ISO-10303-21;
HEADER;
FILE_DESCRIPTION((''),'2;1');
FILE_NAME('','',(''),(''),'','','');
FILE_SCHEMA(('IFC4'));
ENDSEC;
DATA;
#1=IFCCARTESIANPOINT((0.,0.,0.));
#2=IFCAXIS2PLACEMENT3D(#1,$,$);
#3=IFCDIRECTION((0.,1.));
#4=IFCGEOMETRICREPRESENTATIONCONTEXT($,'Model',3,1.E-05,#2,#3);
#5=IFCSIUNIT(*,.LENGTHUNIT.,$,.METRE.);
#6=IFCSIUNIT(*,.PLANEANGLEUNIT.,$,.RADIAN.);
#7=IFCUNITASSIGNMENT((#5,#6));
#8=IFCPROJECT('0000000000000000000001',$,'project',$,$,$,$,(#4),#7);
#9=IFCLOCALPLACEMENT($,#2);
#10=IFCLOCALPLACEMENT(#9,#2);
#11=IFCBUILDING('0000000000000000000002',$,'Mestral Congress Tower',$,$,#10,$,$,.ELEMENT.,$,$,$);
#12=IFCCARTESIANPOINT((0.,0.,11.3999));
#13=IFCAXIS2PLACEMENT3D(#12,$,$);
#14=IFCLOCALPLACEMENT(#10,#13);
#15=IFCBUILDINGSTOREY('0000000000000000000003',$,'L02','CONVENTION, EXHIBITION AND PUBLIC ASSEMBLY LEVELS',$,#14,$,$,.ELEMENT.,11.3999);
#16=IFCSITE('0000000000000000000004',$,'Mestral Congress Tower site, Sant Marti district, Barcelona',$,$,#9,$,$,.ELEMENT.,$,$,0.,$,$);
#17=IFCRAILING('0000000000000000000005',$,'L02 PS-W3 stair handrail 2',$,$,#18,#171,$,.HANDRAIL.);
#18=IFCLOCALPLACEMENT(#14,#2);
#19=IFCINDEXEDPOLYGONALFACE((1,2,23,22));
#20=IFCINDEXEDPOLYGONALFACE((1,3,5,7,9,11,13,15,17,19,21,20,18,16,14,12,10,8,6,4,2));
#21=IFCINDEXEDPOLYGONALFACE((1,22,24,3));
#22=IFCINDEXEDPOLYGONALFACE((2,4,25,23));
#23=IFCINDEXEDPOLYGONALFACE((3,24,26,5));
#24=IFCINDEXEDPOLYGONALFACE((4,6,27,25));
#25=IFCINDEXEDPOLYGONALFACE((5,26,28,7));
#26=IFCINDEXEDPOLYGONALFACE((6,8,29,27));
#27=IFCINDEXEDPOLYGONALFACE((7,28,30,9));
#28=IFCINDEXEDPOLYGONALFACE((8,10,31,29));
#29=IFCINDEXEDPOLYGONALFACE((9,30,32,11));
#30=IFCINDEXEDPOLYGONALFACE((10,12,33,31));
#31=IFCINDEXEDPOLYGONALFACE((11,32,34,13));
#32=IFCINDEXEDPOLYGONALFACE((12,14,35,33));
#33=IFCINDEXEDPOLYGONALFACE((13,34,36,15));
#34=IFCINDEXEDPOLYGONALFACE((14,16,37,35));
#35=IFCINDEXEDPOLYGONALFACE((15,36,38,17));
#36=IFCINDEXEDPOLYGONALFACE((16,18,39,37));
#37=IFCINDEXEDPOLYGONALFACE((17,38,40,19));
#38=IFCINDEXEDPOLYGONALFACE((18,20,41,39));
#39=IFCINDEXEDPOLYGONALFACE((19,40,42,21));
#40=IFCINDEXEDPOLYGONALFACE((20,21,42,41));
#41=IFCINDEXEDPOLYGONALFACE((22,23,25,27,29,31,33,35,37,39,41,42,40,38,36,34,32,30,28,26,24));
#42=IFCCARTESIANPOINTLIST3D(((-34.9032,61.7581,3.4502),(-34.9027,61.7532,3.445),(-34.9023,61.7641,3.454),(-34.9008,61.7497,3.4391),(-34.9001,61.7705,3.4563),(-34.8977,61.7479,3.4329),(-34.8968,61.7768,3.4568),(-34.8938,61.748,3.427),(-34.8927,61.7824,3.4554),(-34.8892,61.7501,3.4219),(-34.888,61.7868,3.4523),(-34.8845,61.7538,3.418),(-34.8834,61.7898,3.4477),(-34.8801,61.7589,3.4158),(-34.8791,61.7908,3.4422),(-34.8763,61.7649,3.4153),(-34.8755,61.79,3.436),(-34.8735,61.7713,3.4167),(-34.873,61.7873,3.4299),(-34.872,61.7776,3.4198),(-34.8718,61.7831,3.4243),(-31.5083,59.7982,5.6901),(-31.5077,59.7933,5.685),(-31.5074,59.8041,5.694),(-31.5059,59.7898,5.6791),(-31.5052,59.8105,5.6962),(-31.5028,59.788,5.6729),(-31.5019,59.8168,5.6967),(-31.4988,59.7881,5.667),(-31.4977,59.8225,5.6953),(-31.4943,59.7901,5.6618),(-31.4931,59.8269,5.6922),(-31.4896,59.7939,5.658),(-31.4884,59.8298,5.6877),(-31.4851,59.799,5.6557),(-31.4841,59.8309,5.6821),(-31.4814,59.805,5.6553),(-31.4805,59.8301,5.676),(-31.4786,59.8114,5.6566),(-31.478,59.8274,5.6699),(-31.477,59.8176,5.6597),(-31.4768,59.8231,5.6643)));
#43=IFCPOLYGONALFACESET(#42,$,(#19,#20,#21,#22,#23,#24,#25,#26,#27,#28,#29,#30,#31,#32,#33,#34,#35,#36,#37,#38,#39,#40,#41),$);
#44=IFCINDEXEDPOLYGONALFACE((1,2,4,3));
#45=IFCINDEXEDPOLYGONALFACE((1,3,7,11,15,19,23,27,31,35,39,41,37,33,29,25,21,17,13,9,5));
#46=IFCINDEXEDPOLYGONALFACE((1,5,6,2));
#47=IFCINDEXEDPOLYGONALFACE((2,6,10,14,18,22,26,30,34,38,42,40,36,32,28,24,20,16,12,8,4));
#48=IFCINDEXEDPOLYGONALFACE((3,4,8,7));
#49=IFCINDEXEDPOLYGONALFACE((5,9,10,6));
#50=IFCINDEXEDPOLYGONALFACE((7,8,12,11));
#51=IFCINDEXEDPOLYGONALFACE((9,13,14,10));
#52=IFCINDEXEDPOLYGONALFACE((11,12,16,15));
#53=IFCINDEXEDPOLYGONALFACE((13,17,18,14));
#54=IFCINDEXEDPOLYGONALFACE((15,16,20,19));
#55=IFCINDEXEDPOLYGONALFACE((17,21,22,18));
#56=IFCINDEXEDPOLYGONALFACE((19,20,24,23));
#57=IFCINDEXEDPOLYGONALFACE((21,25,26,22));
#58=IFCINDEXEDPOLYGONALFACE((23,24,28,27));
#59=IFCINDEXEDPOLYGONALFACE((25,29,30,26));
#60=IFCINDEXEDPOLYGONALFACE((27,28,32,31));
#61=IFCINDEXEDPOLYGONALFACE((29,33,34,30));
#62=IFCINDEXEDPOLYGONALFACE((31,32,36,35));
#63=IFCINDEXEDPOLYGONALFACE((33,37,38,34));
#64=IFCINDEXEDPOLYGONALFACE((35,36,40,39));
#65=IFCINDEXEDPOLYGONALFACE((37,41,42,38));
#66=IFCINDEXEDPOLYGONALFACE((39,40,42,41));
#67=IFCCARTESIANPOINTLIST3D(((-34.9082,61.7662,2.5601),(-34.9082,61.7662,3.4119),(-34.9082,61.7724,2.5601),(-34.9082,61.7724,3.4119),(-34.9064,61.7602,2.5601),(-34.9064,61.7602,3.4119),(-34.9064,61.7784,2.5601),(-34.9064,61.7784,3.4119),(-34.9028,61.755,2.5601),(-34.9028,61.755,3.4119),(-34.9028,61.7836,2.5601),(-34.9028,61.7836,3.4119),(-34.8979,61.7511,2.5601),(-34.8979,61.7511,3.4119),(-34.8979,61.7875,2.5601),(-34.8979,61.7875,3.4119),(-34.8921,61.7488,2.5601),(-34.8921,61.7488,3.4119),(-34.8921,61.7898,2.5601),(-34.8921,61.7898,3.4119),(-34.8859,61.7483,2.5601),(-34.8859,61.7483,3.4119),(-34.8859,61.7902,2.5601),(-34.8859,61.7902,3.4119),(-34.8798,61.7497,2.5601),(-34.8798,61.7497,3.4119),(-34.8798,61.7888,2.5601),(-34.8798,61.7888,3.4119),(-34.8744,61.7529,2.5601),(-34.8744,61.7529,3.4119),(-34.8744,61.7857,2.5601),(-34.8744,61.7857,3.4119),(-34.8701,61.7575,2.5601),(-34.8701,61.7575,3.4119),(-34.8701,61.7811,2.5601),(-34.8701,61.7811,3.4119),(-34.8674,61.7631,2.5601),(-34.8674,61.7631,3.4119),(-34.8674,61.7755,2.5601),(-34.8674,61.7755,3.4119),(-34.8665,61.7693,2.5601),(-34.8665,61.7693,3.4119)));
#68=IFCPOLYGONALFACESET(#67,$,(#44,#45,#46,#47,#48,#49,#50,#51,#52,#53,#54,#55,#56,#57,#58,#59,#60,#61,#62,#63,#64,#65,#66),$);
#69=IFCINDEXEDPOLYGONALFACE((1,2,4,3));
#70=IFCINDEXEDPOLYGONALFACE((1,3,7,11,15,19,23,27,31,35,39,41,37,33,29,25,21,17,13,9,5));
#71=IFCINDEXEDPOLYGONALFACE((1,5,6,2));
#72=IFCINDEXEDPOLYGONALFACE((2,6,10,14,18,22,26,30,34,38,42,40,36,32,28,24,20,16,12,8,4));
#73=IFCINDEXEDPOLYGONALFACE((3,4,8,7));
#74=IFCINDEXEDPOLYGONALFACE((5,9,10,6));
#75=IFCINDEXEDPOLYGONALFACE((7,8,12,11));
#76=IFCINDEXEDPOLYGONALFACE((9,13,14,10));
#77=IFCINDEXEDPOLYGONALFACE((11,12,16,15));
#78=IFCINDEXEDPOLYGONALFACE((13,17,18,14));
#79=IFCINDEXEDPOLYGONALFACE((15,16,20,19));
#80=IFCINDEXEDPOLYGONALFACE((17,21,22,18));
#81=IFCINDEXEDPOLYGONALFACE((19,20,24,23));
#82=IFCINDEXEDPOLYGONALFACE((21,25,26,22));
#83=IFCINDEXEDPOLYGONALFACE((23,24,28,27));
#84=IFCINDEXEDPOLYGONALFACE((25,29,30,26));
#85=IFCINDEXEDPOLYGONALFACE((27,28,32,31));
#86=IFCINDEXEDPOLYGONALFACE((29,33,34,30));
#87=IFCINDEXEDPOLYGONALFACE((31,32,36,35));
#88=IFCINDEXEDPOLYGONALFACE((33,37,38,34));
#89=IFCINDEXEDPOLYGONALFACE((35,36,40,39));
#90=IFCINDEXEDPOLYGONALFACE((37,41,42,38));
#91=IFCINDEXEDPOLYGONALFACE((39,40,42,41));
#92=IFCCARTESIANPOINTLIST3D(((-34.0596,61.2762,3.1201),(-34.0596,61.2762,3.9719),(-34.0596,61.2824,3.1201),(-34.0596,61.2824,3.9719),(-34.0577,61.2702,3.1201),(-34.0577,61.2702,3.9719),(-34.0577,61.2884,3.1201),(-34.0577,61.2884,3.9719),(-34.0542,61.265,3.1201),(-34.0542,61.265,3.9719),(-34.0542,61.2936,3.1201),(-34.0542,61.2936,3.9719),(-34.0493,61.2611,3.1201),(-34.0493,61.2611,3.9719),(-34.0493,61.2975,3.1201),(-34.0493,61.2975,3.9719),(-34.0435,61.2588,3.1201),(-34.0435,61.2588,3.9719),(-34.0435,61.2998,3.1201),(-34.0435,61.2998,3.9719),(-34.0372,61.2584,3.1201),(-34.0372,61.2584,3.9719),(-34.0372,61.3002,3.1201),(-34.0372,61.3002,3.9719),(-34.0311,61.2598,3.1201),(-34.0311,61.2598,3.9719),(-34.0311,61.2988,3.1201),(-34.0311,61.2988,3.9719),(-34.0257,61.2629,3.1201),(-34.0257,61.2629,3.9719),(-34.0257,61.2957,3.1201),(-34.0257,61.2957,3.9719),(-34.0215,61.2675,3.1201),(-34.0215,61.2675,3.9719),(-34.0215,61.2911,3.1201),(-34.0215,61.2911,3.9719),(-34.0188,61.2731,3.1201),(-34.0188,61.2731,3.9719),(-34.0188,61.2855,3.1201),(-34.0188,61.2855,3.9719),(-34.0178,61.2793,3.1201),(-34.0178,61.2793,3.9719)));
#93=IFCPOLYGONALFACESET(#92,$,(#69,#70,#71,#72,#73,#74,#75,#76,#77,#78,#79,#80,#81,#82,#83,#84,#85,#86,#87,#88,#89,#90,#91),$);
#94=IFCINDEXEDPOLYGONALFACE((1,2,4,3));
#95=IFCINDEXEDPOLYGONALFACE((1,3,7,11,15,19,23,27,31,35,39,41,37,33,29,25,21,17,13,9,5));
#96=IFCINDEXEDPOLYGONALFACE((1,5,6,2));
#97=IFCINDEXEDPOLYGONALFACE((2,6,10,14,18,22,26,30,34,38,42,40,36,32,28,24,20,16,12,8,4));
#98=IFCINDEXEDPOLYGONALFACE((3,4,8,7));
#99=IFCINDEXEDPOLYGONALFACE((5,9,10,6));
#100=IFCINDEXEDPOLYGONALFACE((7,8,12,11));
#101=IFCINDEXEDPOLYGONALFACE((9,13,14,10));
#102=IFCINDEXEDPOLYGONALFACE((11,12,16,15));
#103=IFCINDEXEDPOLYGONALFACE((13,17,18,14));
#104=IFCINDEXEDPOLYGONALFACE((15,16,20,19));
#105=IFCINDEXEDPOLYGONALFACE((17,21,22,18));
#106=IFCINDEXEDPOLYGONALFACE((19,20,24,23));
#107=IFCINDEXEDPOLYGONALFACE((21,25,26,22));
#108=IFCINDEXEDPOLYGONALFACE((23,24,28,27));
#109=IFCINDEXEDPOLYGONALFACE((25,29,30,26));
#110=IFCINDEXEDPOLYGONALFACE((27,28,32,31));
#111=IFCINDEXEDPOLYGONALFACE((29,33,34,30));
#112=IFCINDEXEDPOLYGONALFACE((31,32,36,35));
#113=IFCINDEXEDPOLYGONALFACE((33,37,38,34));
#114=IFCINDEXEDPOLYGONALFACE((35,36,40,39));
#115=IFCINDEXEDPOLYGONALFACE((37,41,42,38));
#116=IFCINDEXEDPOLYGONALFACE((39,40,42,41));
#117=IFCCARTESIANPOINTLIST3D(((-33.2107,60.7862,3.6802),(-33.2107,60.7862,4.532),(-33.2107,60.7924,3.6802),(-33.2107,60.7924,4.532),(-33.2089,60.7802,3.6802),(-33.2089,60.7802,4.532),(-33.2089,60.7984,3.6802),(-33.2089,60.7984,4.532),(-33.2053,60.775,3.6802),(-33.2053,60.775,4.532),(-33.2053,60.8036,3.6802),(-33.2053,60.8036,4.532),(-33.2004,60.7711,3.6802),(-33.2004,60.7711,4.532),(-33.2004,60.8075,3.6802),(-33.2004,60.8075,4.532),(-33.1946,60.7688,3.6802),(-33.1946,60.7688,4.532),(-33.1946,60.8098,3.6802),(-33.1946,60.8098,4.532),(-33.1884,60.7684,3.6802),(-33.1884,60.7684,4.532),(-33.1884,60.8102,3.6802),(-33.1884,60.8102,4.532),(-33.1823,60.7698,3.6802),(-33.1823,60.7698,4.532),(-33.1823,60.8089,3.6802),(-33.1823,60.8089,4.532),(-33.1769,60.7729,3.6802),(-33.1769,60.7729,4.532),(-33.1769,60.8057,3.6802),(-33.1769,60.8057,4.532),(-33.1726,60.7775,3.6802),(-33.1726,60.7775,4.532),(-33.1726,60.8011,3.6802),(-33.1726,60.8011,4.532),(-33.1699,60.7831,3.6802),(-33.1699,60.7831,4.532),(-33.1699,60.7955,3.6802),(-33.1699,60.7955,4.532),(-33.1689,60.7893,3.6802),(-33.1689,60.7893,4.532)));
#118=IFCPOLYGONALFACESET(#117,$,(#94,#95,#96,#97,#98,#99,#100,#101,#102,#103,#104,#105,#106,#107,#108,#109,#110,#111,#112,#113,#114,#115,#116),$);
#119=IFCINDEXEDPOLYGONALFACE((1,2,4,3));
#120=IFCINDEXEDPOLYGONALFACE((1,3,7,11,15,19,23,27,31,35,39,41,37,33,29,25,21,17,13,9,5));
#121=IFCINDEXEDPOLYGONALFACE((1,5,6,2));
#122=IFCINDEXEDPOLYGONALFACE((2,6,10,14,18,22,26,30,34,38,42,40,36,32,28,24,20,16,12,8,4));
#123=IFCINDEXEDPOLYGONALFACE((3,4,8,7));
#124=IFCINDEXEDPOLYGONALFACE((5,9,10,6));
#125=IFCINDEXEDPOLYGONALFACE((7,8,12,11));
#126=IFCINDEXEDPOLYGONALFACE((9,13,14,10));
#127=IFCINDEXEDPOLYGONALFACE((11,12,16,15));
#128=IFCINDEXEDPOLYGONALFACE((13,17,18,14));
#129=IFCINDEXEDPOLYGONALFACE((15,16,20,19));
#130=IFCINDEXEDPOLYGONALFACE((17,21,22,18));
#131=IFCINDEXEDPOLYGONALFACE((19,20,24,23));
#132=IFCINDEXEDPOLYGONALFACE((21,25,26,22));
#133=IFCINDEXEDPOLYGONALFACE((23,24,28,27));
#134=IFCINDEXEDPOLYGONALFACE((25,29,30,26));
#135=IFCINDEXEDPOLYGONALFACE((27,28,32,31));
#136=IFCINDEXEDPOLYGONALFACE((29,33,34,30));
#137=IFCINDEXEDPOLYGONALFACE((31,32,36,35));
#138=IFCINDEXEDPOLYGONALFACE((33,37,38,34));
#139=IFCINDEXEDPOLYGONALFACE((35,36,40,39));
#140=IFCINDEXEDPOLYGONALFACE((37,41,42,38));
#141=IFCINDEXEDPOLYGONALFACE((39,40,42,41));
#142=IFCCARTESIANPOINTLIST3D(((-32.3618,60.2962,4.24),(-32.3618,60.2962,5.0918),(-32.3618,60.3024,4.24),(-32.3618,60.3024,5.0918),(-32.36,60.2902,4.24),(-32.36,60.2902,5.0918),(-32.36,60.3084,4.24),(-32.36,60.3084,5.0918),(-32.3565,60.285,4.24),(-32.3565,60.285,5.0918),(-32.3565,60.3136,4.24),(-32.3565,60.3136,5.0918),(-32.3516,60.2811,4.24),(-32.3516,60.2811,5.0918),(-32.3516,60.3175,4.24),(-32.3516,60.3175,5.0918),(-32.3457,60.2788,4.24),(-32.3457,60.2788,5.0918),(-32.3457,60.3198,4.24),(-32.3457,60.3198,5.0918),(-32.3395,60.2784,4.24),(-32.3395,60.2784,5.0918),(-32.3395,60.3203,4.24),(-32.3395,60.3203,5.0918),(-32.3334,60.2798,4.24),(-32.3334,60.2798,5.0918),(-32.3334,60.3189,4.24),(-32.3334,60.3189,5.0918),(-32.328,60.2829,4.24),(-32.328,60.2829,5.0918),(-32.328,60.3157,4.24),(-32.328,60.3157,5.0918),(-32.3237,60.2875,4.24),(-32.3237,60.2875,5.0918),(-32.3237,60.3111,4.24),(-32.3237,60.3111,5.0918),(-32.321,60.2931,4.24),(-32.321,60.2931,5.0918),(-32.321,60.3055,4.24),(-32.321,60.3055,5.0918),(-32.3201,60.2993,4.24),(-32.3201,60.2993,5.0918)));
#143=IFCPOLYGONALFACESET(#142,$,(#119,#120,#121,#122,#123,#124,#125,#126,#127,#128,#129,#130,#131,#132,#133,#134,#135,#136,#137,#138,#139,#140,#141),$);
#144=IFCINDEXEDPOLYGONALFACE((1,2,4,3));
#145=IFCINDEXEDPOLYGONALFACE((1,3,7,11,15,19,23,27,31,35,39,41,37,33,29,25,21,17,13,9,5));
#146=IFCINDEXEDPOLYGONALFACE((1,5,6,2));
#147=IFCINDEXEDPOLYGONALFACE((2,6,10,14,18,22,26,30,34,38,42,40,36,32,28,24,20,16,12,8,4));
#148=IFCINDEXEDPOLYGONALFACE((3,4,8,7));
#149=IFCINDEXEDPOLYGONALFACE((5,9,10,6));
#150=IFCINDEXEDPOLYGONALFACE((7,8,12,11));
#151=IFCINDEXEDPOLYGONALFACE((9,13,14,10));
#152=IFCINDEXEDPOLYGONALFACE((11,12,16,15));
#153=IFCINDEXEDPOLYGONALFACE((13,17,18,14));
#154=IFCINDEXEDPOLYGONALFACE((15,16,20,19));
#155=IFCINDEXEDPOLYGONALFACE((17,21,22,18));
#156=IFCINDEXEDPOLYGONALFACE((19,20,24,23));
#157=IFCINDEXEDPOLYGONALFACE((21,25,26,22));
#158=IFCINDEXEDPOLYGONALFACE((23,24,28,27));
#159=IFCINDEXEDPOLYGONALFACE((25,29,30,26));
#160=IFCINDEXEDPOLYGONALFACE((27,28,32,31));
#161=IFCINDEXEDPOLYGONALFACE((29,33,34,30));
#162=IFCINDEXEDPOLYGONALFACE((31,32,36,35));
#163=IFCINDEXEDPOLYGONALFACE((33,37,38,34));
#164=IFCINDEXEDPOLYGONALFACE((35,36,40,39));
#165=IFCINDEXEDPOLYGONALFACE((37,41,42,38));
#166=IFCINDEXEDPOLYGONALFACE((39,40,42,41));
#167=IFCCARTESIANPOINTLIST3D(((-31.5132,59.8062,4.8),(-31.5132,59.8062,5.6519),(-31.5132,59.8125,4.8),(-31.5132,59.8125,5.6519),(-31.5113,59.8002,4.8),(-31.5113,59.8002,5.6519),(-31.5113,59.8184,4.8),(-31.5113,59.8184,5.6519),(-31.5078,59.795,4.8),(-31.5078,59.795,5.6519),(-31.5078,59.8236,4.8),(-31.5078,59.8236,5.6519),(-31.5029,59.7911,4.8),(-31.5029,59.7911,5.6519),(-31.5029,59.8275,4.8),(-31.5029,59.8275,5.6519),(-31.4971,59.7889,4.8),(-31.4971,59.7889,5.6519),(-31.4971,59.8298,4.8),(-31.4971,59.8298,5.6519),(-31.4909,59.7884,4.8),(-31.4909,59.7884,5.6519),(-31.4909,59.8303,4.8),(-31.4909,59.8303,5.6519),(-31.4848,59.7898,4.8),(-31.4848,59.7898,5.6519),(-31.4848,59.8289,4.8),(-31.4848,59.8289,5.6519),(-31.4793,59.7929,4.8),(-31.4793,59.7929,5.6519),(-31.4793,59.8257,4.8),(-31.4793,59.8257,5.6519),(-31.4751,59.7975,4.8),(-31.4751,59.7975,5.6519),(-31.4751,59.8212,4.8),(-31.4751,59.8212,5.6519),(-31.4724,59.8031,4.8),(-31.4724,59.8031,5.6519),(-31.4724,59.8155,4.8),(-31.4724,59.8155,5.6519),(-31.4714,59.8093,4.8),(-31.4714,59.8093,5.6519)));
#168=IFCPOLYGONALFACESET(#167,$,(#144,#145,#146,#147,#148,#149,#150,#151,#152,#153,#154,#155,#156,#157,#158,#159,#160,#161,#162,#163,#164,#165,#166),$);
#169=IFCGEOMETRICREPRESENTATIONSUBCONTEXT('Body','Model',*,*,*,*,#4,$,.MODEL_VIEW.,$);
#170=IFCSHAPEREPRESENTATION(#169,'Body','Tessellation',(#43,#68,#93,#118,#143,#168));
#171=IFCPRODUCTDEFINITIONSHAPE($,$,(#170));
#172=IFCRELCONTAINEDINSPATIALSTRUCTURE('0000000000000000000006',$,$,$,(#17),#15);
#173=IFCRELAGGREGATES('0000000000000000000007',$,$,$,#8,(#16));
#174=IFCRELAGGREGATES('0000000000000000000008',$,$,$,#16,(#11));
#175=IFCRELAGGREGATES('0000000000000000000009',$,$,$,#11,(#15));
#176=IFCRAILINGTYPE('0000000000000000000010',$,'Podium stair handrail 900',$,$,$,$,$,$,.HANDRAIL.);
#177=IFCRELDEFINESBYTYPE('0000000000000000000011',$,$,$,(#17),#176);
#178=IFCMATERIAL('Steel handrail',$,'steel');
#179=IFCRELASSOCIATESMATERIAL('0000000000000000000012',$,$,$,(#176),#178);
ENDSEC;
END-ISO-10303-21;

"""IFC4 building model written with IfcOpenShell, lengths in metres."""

from ifc_helpers import new_model, si_unit, direction, frame, origin, origin_2d, place, context, subcontext, project, spatial, circle, extrude, material, type_object, element, save


model = new_model("IFC4")

# Units and contexts
model_context = context("Model", 3, precision=1e-05, world=origin(), true_north=direction((0.0, 1.0)))
body_context = subcontext(model_context, "Body", "Model", "MODEL_VIEW")
ifc_project = project(units=[si_unit("LENGTHUNIT", "METRE"), si_unit("PLANEANGLEUNIT", "RADIAN")], contexts=[model_context])

# Site, building, storey
site_placement = place(None, origin())
site = spatial("IfcSite", under=ifc_project, at=site_placement, Name="Mestral Congress Tower site, Sant Marti district, Barcelona", CompositionType="ELEMENT", RefElevation=0.0)
building_placement = place(site_placement, origin())
building = spatial("IfcBuilding", under=site, at=building_placement, Name="Mestral Congress Tower", CompositionType="ELEMENT")
storey_placement = place(building_placement, frame((0.0, 0.0, 11.3999)))
storey = spatial("IfcBuildingStorey", under=building, at=storey_placement, Name="L02", Description="CONVENTION, EXHIBITION AND PUBLIC ASSEMBLY LEVELS", CompositionType="ELEMENT", Elevation=11.3999)

# Railing
ifc_material_1 = material(Name="Steel handrail", Category="steel")
railing_type_1 = type_object("IfcRailingType", Name="Podium stair handrail 900", PredefinedType="HANDRAIL", material=ifc_material_1)
railing_1_placement = place(storey_placement, frame((-34.8875, 61.7693, 2.5601)))
element("IfcRailing", 1, at=railing_1_placement, inside=storey, type_object=railing_type_1, Name="L02 PS-W3 stair handrail 2", PredefinedType="HANDRAIL", context=body_context, shape_type="SweptSolid", body=[
    extrude(circle(Radius=0.0239, at=origin_2d()), frame((0.0, 0.0, 0.876), z_axis=(0.751943, -0.434101, 0.496123), x_axis=(0.49997, 0.866042, 0.0)), (0.0, 0.0, 1.0), 4.5149),
    extrude(circle(Radius=0.021, at=origin_2d()), origin(), (0.0, 0.0, 1.0), 0.8518),
    extrude(circle(Radius=0.021, at=origin_2d()), frame((0.8486, -0.49, 0.5601)), (0.0, 0.0, 1.0), 0.8518),
    extrude(circle(Radius=0.021, at=origin_2d()), frame((1.6975, -0.98, 1.1201)), (0.0, 0.0, 1.0), 0.8518),
    extrude(circle(Radius=0.021, at=origin_2d()), frame((2.5464, -1.47, 1.6799)), (0.0, 0.0, 1.0), 0.8518),
    extrude(circle(Radius=0.021, at=origin_2d()), frame((3.395, -1.96, 2.24)), (0.0, 0.0, 1.0), 0.8518),
])

save(model, "model.ifc")
